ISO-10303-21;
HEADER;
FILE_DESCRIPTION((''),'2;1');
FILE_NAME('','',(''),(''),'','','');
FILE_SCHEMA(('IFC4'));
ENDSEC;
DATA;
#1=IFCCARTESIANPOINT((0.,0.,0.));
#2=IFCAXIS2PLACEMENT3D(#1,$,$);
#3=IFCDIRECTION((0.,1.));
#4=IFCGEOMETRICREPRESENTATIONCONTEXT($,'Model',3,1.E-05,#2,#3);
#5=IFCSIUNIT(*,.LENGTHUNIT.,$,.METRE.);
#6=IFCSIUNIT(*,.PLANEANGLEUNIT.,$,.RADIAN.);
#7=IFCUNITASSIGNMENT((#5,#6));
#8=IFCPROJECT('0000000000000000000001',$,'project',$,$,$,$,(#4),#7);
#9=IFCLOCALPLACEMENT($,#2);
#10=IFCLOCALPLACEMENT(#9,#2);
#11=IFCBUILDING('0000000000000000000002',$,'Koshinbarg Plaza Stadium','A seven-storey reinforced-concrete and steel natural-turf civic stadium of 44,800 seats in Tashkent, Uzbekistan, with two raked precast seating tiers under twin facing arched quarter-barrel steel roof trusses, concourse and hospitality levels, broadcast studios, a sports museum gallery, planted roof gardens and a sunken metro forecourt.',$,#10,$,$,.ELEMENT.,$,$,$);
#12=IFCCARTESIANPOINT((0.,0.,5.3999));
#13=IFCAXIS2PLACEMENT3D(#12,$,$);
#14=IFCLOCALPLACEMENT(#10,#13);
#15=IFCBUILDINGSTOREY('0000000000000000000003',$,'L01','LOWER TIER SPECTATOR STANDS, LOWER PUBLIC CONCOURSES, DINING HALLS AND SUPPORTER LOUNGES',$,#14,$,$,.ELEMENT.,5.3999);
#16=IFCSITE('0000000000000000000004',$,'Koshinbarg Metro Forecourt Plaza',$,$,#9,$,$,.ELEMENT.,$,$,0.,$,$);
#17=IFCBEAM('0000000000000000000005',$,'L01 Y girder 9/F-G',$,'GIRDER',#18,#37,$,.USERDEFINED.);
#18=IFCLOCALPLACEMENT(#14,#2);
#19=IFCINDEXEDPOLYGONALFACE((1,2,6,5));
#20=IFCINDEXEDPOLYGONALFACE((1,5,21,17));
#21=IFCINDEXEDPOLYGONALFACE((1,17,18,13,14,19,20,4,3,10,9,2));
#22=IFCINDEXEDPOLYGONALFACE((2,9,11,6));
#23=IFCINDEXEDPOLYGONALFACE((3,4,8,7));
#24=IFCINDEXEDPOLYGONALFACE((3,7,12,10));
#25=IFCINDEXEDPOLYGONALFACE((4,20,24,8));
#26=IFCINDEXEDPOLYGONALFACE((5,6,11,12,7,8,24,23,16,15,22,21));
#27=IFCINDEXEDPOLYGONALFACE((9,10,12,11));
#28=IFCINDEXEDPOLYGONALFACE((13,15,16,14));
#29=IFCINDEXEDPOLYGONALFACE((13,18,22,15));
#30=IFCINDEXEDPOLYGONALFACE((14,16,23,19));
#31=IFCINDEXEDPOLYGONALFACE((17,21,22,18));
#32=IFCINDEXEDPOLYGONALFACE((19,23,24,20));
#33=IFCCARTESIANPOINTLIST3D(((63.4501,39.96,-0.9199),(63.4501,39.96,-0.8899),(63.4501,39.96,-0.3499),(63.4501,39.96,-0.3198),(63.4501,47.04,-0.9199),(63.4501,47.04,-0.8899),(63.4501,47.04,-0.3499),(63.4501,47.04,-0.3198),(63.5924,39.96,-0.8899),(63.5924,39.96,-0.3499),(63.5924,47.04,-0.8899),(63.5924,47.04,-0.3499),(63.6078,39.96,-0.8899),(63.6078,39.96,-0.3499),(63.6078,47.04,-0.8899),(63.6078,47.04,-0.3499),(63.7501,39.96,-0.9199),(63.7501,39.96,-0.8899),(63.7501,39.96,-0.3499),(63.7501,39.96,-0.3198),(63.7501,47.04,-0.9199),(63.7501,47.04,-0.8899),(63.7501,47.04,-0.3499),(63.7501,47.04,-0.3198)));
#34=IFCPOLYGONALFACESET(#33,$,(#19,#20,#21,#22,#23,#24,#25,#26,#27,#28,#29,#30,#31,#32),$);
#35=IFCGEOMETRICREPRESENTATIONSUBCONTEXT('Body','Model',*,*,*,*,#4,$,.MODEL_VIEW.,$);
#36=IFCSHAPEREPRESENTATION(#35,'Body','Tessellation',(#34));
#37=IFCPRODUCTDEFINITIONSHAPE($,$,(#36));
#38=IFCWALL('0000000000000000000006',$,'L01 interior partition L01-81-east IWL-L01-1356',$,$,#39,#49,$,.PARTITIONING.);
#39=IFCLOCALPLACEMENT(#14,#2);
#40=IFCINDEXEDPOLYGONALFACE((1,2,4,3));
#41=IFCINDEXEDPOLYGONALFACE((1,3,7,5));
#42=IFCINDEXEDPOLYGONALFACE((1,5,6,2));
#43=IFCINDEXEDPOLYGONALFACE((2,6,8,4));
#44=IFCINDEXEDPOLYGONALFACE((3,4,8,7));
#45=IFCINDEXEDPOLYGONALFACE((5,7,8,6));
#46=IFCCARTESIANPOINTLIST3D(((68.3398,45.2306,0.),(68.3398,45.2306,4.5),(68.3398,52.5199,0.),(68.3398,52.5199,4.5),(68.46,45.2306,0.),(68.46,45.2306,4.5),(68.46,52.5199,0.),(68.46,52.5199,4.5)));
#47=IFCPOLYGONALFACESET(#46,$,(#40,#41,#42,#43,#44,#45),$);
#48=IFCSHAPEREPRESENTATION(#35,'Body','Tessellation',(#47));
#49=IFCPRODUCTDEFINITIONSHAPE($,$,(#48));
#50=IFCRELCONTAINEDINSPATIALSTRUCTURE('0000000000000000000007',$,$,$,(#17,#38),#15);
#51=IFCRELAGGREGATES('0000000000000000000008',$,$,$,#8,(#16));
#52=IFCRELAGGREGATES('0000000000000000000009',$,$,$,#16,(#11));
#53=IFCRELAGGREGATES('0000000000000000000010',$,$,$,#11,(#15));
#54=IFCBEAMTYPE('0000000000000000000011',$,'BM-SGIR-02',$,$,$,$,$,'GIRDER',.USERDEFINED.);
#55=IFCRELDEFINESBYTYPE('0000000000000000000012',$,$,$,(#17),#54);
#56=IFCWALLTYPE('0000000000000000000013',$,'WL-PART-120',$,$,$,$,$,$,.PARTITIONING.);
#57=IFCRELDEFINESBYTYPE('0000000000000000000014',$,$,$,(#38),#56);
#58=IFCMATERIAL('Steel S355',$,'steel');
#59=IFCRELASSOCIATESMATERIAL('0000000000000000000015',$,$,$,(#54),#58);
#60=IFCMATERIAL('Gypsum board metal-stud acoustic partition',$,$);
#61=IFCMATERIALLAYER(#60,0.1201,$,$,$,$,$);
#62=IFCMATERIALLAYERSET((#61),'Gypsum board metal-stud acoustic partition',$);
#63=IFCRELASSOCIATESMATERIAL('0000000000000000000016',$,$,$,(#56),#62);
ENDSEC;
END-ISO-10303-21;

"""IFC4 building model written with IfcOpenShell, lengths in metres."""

from ifc_helpers import new_model, si_unit, direction, frame, frame_2d, origin, origin_2d, place, context, subcontext, project, spatial, rectangle, i_section, extrude, material, layer, layer_set, material_profile, profile_set, type_object, element, save


model = new_model("IFC4")

# Units and contexts
model_context = context("Model", 3, precision=1e-05, world=origin(), true_north=direction((0.0, 1.0)))
body_context = subcontext(model_context, "Body", "Model", "MODEL_VIEW")
ifc_project = project(units=[si_unit("LENGTHUNIT", "METRE"), si_unit("PLANEANGLEUNIT", "RADIAN")], contexts=[model_context])

# Site, building, storey
site_placement = place(None, origin())
site = spatial("IfcSite", under=ifc_project, at=site_placement, Name="Koshinbarg Metro Forecourt Plaza", CompositionType="ELEMENT", RefElevation=0.0)
building_placement = place(site_placement, origin())
building = spatial("IfcBuilding", under=site, at=building_placement, Name="Koshinbarg Plaza Stadium", Description="A seven-storey reinforced-concrete and steel natural-turf civic stadium of 44,800 seats in Tashkent, Uzbekistan, with two raked precast seating tiers under twin facing arched quarter-barrel steel roof trusses, concourse and hospitality levels, broadcast studios, a sports museum gallery, planted roof gardens and a sunken metro forecourt.", CompositionType="ELEMENT")
storey_placement = place(building_placement, frame((0.0, 0.0, 5.3999)))
storey = spatial("IfcBuildingStorey", under=building, at=storey_placement, Name="L01", Description="LOWER TIER SPECTATOR STANDS, LOWER PUBLIC CONCOURSES, DINING HALLS AND SUPPORTER LOUNGES", CompositionType="ELEMENT", Elevation=5.3999)

# Beam
ifc_material_1 = material(Name="Steel S355", Category="steel")
ifc_material_profile_1 = material_profile(ifc_material_1, i_section(OverallWidth=0.3, OverallDepth=0.6001, WebThickness=0.0154, FlangeThickness=0.03, at=origin_2d()), Name="HEB 600")
ifc_profile_set_1 = profile_set([ifc_material_profile_1], Name="Steel S355")
beam_type_1 = type_object("IfcBeamType", Name="BM-SGIR-02", ElementType="GIRDER", PredefinedType="USERDEFINED", material=ifc_profile_set_1)
beam_placement = place(storey_placement, frame((63.6001, 39.96, -0.6199), z_axis=(0.0, 1.0, 0.0), x_axis=(-1.0, 0.0, 0.0)))
element("IfcBeam", 1, at=beam_placement, inside=storey, type_object=beam_type_1, Name="L01 Y girder 9/F-G", ObjectType="GIRDER", PredefinedType="USERDEFINED", context=body_context, shape_type="SweptSolid", body=[
    extrude(i_section(OverallWidth=0.3, OverallDepth=0.6001, WebThickness=0.0154, FlangeThickness=0.03, at=origin_2d()), origin(), (0.0, 0.0, 1.0), 7.0801),
])

# Wall
ifc_material_2 = material(Name="Gypsum board metal-stud acoustic partition")
ifc_layer = layer(ifc_material_2, 0.1201)
ifc_layer_set = layer_set([ifc_layer], Name="Gypsum board metal-stud acoustic partition")
wall_type = type_object("IfcWallType", Name="WL-PART-120", PredefinedType="PARTITIONING", material=ifc_layer_set)
wall_placement = place(storey_placement, frame((68.3999, 45.2307, 0.0), z_axis=(0.0, 0.0, 1.0), x_axis=(0.0, 1.0, 0.0)))
element("IfcWall", 2, at=wall_placement, inside=storey, type_object=wall_type, Name="L01 interior partition L01-81-east IWL-L01-1356", PredefinedType="PARTITIONING", context=body_context, shape_type="SweptSolid", body=[
    extrude(rectangle(XDim=7.2893, YDim=0.1201, at=frame_2d((3.6445, 0.0))), origin(), (0.0, 0.0, 1.0), 4.5),
])

save(model, "model.ifc")
